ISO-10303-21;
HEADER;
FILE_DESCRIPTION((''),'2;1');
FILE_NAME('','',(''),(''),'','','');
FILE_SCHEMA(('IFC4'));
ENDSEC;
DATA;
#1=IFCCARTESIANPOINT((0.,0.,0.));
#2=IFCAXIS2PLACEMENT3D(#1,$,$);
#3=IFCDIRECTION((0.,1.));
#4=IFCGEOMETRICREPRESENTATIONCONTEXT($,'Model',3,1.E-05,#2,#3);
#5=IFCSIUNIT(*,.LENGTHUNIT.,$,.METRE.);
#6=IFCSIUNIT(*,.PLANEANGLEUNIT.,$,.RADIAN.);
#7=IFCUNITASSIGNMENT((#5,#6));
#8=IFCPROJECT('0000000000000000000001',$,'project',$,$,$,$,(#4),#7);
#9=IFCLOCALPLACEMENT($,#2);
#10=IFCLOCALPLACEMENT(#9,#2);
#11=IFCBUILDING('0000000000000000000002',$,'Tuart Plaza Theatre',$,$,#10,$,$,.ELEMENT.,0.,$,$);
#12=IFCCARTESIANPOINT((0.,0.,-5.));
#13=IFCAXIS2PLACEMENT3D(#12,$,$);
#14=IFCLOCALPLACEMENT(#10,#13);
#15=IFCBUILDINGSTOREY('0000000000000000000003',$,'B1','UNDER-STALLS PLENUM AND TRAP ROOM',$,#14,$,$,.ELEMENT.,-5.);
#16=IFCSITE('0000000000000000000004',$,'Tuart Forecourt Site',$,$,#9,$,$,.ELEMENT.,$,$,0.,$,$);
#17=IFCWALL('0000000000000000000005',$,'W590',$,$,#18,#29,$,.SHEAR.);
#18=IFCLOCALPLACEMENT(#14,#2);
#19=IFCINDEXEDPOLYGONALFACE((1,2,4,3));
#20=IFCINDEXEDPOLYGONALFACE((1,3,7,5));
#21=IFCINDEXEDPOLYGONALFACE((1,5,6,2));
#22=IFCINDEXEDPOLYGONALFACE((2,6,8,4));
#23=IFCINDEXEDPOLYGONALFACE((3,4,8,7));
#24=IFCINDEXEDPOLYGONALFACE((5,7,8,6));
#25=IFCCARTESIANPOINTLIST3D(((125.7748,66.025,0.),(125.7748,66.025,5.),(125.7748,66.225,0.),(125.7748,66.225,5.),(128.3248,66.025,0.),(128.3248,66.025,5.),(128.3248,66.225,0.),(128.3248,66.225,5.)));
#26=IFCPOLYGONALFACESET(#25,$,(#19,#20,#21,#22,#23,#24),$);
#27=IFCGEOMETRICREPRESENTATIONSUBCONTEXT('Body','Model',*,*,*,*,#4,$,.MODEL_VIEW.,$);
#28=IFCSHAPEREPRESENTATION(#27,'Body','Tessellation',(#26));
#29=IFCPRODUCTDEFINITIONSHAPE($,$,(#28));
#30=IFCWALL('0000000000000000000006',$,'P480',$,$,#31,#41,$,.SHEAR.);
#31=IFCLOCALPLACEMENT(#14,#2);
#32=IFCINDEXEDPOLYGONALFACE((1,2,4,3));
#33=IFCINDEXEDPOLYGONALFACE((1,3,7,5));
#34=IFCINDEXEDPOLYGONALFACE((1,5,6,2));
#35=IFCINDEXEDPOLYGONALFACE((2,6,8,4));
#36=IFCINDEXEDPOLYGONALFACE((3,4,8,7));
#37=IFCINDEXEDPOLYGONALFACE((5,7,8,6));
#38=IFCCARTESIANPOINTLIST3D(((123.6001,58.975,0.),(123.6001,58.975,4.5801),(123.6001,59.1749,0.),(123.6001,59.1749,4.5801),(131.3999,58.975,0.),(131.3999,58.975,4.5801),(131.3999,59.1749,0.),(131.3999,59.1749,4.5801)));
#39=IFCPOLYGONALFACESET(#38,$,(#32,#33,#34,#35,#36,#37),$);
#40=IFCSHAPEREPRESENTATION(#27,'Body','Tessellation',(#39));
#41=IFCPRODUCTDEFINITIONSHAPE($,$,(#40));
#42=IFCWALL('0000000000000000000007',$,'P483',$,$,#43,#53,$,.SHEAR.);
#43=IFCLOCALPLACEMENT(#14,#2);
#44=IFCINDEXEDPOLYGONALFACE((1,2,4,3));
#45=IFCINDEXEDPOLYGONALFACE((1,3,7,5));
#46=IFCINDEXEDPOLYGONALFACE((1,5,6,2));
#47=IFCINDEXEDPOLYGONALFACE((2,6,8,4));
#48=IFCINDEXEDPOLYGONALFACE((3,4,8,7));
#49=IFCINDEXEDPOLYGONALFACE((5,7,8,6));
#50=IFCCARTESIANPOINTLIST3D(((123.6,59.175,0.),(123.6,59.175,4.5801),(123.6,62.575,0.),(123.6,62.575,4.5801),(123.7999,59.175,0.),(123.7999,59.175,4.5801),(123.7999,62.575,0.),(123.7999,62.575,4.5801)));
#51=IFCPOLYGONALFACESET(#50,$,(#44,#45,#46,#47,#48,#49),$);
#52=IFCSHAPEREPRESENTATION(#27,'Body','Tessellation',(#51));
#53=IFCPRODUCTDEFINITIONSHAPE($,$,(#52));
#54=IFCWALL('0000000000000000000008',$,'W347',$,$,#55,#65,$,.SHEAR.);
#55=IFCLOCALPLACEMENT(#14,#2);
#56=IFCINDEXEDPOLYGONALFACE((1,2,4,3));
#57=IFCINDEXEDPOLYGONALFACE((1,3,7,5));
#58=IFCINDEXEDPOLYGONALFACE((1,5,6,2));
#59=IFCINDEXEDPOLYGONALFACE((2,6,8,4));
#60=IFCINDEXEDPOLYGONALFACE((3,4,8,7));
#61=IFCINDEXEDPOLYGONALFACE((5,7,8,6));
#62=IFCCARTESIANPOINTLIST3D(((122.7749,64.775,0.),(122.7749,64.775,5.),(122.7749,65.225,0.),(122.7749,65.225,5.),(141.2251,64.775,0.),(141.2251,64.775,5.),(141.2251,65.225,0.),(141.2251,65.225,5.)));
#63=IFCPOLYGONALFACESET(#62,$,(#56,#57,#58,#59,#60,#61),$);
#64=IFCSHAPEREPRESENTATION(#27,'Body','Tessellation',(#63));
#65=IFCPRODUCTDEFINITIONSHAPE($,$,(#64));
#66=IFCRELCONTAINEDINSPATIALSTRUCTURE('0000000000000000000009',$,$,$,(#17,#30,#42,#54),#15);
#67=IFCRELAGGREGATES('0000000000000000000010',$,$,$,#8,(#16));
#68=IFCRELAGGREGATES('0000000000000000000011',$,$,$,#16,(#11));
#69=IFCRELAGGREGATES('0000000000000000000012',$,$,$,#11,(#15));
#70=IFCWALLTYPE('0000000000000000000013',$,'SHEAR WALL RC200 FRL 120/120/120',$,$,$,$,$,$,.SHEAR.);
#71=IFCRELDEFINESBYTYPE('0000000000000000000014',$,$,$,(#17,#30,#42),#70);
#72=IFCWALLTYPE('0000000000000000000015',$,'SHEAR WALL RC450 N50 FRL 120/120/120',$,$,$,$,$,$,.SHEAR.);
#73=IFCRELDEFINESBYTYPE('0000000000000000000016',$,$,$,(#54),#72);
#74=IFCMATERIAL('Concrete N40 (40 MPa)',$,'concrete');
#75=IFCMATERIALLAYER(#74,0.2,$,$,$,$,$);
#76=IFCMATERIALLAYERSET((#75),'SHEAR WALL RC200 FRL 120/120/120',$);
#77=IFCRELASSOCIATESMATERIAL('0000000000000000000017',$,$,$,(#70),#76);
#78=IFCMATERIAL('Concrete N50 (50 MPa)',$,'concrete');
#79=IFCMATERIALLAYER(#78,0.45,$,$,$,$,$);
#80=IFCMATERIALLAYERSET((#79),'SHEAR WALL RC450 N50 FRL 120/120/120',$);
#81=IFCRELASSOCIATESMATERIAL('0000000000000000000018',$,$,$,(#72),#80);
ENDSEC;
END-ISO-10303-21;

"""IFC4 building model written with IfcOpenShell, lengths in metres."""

from ifc_helpers import new_model, si_unit, direction, frame, frame_2d, origin, place, context, subcontext, project, spatial, rectangle, extrude, material, layer, layer_set, type_object, element, save


model = new_model("IFC4")

# Units and contexts
model_context = context("Model", 3, precision=1e-05, world=origin(), true_north=direction((0.0, 1.0)))
body_context = subcontext(model_context, "Body", "Model", "MODEL_VIEW")
ifc_project = project(units=[si_unit("LENGTHUNIT", "METRE"), si_unit("PLANEANGLEUNIT", "RADIAN")], contexts=[model_context])

# Site, building, storey
site_placement = place(None, origin())
site = spatial("IfcSite", under=ifc_project, at=site_placement, Name="Tuart Forecourt Site", CompositionType="ELEMENT", RefElevation=0.0)
building_placement = place(site_placement, origin())
building = spatial("IfcBuilding", under=site, at=building_placement, Name="Tuart Plaza Theatre", CompositionType="ELEMENT", ElevationOfRefHeight=0.0)
storey_placement = place(building_placement, frame((0.0, 0.0, -5.0)))
storey = spatial("IfcBuildingStorey", under=building, at=storey_placement, Name="B1", Description="UNDER-STALLS PLENUM AND TRAP ROOM", CompositionType="ELEMENT", Elevation=-5.0)

# Walls
ifc_material_1 = material(Name="Concrete N40 (40 MPa)", Category="concrete")
ifc_layer_1 = layer(ifc_material_1, 0.2)
ifc_layer_set_1 = layer_set([ifc_layer_1], Name="SHEAR WALL RC200 FRL 120/120/120")
wall_type_1 = type_object("IfcWallType", Name="SHEAR WALL RC200 FRL 120/120/120", PredefinedType="SHEAR", material=ifc_layer_set_1)
wall_1_placement = place(storey_placement, frame((125.7749, 66.125, 0.0), z_axis=(0.0, 0.0, 1.0), x_axis=(1.0, 0.0, 0.0)))
element("IfcWall", 1, at=wall_1_placement, inside=storey, type_object=wall_type_1, Name="W590", PredefinedType="SHEAR", context=body_context, shape_type="SweptSolid", body=[
    extrude(rectangle(XDim=2.55, YDim=0.2, at=frame_2d((1.2749, 0.0))), origin(), (0.0, 0.0, 1.0), 5.0),
])
wall_2_placement = place(storey_placement, frame((123.6001, 59.075, 0.0), z_axis=(0.0, 0.0, 1.0), x_axis=(1.0, 0.0, 0.0)))
element("IfcWall", 2, at=wall_2_placement, inside=storey, type_object=wall_type_1, Name="P480", PredefinedType="SHEAR", context=body_context, shape_type="SweptSolid", body=[
    extrude(rectangle(XDim=7.7998, YDim=0.2, at=frame_2d((3.8999, 0.0))), origin(), (0.0, 0.0, 1.0), 4.5801),
])
wall_3_placement = place(storey_placement, frame((123.7, 62.575, 0.0), z_axis=(0.0, 0.0, 1.0), x_axis=(0.0, -1.0, 0.0)))
element("IfcWall", 3, at=wall_3_placement, inside=storey, type_object=wall_type_1, Name="P483", PredefinedType="SHEAR", context=body_context, shape_type="SweptSolid", body=[
    extrude(rectangle(XDim=3.3999, YDim=0.2, at=frame_2d((1.7, 0.0))), origin(), (0.0, 0.0, 1.0), 4.5801),
])
ifc_material_2 = material(Name="Concrete N50 (50 MPa)", Category="concrete")
ifc_layer_2 = layer(ifc_material_2, 0.45)
ifc_layer_set_2 = layer_set([ifc_layer_2], Name="SHEAR WALL RC450 N50 FRL 120/120/120")
wall_type_2 = type_object("IfcWallType", Name="SHEAR WALL RC450 N50 FRL 120/120/120", PredefinedType="SHEAR", material=ifc_layer_set_2)
wall_4_placement = place(storey_placement, frame((122.7749, 65.0, 0.0), z_axis=(0.0, 0.0, 1.0), x_axis=(1.0, 0.0, 0.0)))
element("IfcWall", 4, at=wall_4_placement, inside=storey, type_object=wall_type_2, Name="W347", PredefinedType="SHEAR", context=body_context, shape_type="SweptSolid", body=[
    extrude(rectangle(XDim=18.4502, YDim=0.45, at=frame_2d((9.2251, 0.0))), origin(), (0.0, 0.0, 1.0), 5.0),
])

save(model, "model.ifc")
